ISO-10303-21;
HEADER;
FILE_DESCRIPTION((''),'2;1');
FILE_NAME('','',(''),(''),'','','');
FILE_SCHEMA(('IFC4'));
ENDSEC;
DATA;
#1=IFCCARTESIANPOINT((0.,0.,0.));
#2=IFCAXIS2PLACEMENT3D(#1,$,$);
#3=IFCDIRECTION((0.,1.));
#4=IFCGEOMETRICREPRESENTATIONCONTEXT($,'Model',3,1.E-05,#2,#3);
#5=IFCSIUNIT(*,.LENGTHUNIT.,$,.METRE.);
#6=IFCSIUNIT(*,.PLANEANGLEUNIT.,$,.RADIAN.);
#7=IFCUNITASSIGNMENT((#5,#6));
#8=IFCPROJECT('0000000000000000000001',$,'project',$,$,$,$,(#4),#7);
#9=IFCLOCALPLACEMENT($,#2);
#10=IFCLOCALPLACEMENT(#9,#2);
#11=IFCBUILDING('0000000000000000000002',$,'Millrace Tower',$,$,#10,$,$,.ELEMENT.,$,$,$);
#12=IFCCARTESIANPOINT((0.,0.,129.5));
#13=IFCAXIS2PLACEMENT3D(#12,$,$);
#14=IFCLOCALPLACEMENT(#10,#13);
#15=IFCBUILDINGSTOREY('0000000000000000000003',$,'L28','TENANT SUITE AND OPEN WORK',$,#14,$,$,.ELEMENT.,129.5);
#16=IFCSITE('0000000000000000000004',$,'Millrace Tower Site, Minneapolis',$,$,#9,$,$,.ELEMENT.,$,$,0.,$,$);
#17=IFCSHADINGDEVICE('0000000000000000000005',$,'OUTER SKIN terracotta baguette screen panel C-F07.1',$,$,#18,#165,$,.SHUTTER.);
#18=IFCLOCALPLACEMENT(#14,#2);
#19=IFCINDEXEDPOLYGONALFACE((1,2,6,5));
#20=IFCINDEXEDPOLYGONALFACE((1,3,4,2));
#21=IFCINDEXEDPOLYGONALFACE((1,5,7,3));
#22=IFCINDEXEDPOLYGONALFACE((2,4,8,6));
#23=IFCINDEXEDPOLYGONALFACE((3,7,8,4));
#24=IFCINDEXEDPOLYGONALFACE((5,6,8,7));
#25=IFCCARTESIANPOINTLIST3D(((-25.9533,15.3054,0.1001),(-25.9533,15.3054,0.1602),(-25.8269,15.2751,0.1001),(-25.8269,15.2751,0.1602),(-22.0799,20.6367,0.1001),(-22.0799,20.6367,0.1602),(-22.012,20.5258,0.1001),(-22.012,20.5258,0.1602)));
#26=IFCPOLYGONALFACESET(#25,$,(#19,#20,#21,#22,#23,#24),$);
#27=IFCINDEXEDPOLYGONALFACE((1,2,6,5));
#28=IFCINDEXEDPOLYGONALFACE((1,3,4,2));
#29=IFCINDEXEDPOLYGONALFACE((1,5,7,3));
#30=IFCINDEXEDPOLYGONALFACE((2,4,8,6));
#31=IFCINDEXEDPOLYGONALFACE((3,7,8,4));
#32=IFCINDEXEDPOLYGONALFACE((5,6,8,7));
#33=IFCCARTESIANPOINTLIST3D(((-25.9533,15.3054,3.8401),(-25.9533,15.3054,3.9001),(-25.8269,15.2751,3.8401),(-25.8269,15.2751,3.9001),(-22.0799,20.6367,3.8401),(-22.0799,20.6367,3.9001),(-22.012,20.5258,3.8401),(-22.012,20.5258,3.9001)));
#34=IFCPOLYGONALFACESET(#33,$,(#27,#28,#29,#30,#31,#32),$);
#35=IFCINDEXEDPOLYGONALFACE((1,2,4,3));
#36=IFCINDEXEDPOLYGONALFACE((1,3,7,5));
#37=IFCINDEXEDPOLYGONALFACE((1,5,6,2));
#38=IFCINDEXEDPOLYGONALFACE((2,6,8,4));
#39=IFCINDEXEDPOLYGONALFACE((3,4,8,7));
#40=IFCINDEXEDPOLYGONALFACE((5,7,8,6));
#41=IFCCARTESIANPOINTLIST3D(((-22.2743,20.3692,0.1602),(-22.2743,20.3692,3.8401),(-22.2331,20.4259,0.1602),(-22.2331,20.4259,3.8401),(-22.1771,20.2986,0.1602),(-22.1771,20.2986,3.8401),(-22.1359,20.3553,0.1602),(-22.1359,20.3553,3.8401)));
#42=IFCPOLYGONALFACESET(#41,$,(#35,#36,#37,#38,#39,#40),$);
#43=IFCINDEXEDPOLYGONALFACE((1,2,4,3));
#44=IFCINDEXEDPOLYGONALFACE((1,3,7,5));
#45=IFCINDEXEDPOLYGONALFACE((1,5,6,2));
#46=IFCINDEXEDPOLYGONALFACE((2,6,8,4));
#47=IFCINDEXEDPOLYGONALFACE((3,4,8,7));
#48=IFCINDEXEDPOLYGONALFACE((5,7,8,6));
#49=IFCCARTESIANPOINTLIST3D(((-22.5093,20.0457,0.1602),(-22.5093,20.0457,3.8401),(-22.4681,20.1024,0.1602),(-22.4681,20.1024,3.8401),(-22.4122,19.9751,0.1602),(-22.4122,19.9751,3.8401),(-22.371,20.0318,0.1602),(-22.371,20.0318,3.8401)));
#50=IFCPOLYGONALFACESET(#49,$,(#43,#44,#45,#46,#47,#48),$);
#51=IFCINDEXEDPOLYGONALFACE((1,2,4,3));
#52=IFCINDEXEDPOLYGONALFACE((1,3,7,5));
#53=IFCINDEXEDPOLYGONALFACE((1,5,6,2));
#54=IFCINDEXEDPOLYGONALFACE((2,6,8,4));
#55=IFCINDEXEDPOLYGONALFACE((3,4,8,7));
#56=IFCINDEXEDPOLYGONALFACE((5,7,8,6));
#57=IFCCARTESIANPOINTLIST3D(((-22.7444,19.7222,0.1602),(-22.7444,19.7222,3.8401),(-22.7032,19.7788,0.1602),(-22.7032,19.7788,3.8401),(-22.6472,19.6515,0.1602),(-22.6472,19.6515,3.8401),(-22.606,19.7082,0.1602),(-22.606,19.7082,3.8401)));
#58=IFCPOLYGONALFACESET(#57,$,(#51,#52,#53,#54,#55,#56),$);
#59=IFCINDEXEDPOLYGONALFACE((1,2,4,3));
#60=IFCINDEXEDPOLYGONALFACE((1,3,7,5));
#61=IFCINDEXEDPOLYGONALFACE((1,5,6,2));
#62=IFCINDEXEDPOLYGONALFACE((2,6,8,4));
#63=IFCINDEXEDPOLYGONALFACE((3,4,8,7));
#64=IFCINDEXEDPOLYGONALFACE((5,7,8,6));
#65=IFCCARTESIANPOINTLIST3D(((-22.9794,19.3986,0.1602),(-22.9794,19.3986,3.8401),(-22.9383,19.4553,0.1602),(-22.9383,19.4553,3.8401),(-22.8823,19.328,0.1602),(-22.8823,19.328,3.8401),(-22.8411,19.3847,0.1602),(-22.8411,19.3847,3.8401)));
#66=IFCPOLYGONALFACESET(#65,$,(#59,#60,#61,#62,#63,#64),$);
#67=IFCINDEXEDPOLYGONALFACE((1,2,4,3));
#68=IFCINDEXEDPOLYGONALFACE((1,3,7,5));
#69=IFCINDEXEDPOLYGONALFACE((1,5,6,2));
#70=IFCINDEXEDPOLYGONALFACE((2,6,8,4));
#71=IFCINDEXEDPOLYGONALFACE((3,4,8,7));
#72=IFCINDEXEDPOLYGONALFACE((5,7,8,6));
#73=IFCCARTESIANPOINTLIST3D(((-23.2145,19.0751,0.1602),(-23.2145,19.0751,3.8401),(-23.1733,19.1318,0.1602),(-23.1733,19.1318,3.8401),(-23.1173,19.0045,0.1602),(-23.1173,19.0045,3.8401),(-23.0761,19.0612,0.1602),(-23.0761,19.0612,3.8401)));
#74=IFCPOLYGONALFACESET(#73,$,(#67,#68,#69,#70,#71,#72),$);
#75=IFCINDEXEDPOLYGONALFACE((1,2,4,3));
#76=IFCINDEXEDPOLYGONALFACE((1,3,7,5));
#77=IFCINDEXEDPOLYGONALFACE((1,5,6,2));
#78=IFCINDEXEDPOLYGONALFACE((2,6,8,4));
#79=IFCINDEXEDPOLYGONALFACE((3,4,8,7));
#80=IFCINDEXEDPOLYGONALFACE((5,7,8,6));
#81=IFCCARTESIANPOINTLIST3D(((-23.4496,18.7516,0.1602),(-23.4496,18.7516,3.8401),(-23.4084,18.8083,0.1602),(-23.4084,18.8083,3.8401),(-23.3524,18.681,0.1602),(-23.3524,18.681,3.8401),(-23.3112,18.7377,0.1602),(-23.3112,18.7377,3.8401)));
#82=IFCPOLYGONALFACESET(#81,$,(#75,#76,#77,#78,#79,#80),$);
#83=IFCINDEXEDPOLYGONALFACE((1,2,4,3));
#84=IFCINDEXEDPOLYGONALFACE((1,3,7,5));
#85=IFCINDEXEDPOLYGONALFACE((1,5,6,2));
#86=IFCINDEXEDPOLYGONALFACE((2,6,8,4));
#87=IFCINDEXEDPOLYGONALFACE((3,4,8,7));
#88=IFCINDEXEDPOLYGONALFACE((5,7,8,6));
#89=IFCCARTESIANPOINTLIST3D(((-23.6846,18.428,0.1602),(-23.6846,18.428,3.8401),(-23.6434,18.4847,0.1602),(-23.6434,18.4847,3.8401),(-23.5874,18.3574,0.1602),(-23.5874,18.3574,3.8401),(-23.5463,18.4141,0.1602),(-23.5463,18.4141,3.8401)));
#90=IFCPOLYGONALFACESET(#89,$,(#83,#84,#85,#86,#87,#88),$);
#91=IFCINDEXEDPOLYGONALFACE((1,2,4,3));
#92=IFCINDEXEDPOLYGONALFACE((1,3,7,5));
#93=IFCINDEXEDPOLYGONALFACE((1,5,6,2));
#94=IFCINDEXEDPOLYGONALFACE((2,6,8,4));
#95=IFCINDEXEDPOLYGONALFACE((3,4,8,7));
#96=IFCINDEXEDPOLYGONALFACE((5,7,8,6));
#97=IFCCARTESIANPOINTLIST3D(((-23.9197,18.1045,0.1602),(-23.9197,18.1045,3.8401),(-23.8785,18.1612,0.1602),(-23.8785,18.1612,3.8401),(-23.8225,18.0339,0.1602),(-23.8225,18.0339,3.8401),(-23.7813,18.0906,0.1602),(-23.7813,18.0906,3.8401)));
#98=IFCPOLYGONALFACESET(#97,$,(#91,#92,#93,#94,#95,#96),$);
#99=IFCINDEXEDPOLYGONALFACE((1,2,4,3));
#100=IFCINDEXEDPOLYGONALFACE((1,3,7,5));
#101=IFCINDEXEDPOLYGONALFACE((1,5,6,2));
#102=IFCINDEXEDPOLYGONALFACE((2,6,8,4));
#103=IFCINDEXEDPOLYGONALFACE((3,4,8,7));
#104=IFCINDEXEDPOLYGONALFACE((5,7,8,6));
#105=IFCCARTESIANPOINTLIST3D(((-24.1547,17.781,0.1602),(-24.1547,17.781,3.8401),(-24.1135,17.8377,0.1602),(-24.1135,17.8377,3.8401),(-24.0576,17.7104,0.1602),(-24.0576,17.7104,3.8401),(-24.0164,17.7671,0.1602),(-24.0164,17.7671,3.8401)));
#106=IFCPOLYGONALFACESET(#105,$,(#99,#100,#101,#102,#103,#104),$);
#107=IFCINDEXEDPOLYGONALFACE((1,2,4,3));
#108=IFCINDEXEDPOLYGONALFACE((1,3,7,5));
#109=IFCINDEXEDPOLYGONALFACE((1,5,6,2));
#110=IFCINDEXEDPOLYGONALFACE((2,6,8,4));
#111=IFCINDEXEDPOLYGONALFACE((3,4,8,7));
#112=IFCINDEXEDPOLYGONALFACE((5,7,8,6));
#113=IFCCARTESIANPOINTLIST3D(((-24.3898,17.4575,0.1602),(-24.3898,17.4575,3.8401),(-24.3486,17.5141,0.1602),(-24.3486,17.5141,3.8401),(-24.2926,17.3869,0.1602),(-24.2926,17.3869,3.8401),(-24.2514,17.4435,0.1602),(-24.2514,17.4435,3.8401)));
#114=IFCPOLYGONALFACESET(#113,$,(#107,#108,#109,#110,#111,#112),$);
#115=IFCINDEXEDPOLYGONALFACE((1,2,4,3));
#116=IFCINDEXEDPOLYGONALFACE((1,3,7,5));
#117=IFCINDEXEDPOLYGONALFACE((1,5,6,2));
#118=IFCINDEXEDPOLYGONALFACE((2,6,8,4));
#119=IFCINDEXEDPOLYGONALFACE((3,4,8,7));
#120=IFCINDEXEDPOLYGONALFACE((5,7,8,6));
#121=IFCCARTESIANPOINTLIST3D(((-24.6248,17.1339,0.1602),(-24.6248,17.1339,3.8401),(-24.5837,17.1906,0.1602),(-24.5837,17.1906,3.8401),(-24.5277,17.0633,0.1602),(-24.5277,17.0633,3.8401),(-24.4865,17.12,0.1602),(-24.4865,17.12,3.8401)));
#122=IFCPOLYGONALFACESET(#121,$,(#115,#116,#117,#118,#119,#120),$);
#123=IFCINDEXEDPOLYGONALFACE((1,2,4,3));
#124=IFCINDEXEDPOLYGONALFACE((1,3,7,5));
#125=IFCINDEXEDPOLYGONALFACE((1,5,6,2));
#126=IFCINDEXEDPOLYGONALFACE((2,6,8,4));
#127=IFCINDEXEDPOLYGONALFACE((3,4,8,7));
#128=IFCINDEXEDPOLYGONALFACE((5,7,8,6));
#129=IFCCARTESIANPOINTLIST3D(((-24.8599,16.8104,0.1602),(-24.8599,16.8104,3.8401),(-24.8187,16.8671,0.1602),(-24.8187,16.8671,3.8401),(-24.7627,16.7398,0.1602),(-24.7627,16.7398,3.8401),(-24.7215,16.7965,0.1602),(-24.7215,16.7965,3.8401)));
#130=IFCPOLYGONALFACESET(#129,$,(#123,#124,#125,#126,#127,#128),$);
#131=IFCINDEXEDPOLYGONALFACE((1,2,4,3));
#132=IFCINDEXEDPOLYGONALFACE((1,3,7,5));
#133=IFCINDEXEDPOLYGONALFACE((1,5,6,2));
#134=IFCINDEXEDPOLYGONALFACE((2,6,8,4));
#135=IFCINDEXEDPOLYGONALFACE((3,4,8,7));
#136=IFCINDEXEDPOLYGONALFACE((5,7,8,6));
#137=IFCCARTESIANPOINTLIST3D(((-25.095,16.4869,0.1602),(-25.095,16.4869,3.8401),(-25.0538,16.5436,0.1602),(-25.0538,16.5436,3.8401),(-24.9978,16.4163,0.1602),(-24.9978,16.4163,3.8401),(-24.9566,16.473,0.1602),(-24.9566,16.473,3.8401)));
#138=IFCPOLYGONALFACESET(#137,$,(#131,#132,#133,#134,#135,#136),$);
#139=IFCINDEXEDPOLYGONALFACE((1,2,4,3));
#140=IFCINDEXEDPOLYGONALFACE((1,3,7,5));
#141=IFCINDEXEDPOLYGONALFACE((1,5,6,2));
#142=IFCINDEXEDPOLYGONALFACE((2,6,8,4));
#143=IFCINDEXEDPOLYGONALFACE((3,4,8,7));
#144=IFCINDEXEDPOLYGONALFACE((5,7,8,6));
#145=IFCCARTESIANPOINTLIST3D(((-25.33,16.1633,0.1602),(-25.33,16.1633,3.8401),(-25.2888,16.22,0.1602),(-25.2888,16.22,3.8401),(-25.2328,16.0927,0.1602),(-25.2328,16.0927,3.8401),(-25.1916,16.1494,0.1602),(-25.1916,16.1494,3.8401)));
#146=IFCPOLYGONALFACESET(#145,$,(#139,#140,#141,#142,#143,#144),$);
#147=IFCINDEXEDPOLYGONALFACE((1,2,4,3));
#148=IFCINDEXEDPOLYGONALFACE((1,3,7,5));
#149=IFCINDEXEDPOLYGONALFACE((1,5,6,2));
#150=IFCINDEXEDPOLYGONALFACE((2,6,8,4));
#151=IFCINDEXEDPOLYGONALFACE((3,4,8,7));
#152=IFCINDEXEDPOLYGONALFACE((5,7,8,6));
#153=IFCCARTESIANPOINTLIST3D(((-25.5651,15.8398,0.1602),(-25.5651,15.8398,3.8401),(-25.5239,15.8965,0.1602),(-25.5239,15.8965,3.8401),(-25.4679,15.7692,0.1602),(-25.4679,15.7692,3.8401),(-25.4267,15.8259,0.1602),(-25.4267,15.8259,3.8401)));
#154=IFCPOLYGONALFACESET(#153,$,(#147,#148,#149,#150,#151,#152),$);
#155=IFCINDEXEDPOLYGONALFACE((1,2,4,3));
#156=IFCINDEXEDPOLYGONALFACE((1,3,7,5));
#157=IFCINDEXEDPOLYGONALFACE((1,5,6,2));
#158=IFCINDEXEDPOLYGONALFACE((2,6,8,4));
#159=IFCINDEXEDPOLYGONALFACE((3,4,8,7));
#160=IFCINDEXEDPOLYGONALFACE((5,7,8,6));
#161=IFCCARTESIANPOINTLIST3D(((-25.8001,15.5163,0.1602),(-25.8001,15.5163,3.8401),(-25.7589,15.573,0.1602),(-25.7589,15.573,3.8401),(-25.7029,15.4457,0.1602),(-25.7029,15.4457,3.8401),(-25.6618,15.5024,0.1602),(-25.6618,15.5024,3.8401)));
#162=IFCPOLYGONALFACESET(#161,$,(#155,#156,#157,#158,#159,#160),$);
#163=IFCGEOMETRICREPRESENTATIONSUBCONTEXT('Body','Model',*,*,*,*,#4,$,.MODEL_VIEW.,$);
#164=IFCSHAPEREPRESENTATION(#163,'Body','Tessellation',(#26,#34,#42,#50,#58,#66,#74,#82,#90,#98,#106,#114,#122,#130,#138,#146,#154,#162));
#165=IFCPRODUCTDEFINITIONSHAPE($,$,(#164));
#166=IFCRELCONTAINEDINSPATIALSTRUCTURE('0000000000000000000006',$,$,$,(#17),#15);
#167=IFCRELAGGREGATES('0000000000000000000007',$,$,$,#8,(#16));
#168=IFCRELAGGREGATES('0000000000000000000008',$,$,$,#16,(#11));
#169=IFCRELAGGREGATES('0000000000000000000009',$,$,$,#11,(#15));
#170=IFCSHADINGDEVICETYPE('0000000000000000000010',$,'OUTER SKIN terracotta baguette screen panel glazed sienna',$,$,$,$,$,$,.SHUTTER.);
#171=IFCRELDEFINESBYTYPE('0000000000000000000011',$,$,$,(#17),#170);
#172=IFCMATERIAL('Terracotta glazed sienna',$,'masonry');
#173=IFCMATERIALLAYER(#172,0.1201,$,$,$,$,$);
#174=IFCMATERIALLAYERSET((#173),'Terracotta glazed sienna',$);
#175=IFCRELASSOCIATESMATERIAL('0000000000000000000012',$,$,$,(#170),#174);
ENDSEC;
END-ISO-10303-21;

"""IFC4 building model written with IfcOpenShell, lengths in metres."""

from ifc_helpers import new_model, entity, si_unit, direction, frame, frame_2d, origin, place, context, subcontext, project, spatial, rectangle, extrude, source, transform, mapped, material, layer, layer_set, type_object, element, save


model = new_model("IFC4")

# Units and contexts
model_context = context("Model", 3, precision=1e-05, world=origin(), true_north=direction((0.0, 1.0)))
body_context = subcontext(model_context, "Body", "Model", "MODEL_VIEW")
ifc_project = project(units=[si_unit("LENGTHUNIT", "METRE"), si_unit("PLANEANGLEUNIT", "RADIAN")], contexts=[model_context])

# Site, building, storey
site_placement = place(None, origin())
site = spatial("IfcSite", under=ifc_project, at=site_placement, Name="Millrace Tower Site, Minneapolis", CompositionType="ELEMENT", RefElevation=0.0)
building_placement = place(site_placement, origin())
building = spatial("IfcBuilding", under=site, at=building_placement, Name="Millrace Tower", CompositionType="ELEMENT")
storey_placement = place(building_placement, frame((0.0, 0.0, 129.5)))
storey = spatial("IfcBuildingStorey", under=building, at=storey_placement, Name="L28", Description="TENANT SUITE AND OPEN WORK", CompositionType="ELEMENT", Elevation=129.5)

# Shading device
ifc_material_1 = material(Name="Terracotta glazed sienna", Category="masonry")
ifc_layer_1 = layer(ifc_material_1, 0.1201)
ifc_layer_set_1 = layer_set([ifc_layer_1], Name="Terracotta glazed sienna")
shading_device_type = type_object("IfcShadingDeviceType", Name="OUTER SKIN terracotta baguette screen panel glazed sienna", PredefinedType="SHUTTER", material=ifc_layer_set_1)
cartesian_point_1 = entity("IfcCartesianPoint", [-3.2451, 0.0601])
shared_polyline_1 = entity("IfcPolyline", [cartesian_point_1, entity("IfcCartesianPoint", [3.2451, 0.0601]), entity("IfcCartesianPoint", [3.2949, -0.0601]), entity("IfcCartesianPoint", [-3.2949, -0.0601]), cartesian_point_1])
shared_shape_1 = source(origin(), body_context, "Body", "SweptSolid", [
    entity("IfcExtrudedAreaSolid", entity("IfcArbitraryClosedProfileDef", "AREA", None, shared_polyline_1), entity("IfcAxis2Placement3D", entity("IfcCartesianPoint", [0.0, 0.0, 0.0])), entity("IfcDirection", [0.0, 0.0, 1.0]), 0.0601),
    entity("IfcExtrudedAreaSolid", entity("IfcArbitraryClosedProfileDef", "AREA", None, shared_polyline_1), entity("IfcAxis2Placement3D", entity("IfcCartesianPoint", [0.0, 0.0, 3.74])), entity("IfcDirection", [0.0, 0.0, 1.0]), 0.0601),
    extrude(rectangle(XDim=0.0701, YDim=0.1201, at=frame_2d((-2.9993, 0.0))), frame((0.0, 0.0, 0.0601)), (0.0, 0.0, 1.0), 3.6799),
    extrude(rectangle(XDim=0.0701, YDim=0.1201, at=frame_2d((-2.5994, 0.0))), frame((0.0, 0.0, 0.0601)), (0.0, 0.0, 1.0), 3.6799),
    extrude(rectangle(XDim=0.0701, YDim=0.1201, at=frame_2d((-2.1995, 0.0))), frame((0.0, 0.0, 0.0601)), (0.0, 0.0, 1.0), 3.6799),
    extrude(rectangle(XDim=0.0701, YDim=0.1201, at=frame_2d((-1.7996, 0.0))), frame((0.0, 0.0, 0.0601)), (0.0, 0.0, 1.0), 3.6799),
    extrude(rectangle(XDim=0.0701, YDim=0.1201, at=frame_2d((-1.3997, 0.0))), frame((0.0, 0.0, 0.0601)), (0.0, 0.0, 1.0), 3.6799),
    extrude(rectangle(XDim=0.0701, YDim=0.1201, at=frame_2d((-0.9998, 0.0))), frame((0.0, 0.0, 0.0601)), (0.0, 0.0, 1.0), 3.6799),
    extrude(rectangle(XDim=0.0701, YDim=0.1201, at=frame_2d((-0.5999, 0.0))), frame((0.0, 0.0, 0.0601)), (0.0, 0.0, 1.0), 3.6799),
    extrude(rectangle(XDim=0.0701, YDim=0.1201, at=frame_2d((-0.2, 0.0))), frame((0.0, 0.0, 0.0601)), (0.0, 0.0, 1.0), 3.6799),
    extrude(rectangle(XDim=0.0701, YDim=0.1201, at=frame_2d((0.2, 0.0))), frame((0.0, 0.0, 0.0601)), (0.0, 0.0, 1.0), 3.6799),
    extrude(rectangle(XDim=0.0701, YDim=0.1201, at=frame_2d((0.5999, 0.0))), frame((0.0, 0.0, 0.0601)), (0.0, 0.0, 1.0), 3.6799),
    extrude(rectangle(XDim=0.0701, YDim=0.1201, at=frame_2d((0.9998, 0.0))), frame((0.0, 0.0, 0.0601)), (0.0, 0.0, 1.0), 3.6799),
    extrude(rectangle(XDim=0.0701, YDim=0.1201, at=frame_2d((1.3997, 0.0))), frame((0.0, 0.0, 0.0601)), (0.0, 0.0, 1.0), 3.6799),
    extrude(rectangle(XDim=0.0701, YDim=0.1201, at=frame_2d((1.7996, 0.0))), frame((0.0, 0.0, 0.0601)), (0.0, 0.0, 1.0), 3.6799),
    extrude(rectangle(XDim=0.0701, YDim=0.1201, at=frame_2d((2.1995, 0.0))), frame((0.0, 0.0, 0.0601)), (0.0, 0.0, 1.0), 3.6799),
    extrude(rectangle(XDim=0.0701, YDim=0.1201, at=frame_2d((2.5994, 0.0))), frame((0.0, 0.0, 0.0601)), (0.0, 0.0, 1.0), 3.6799),
    extrude(rectangle(XDim=0.0701, YDim=0.1201, at=frame_2d((2.9993, 0.0))), frame((0.0, 0.0, 0.0601)), (0.0, 0.0, 1.0), 3.6799),
])
shading_device_1_placement = place(storey_placement, frame((-23.968, 17.9358, 0.1001), z_axis=(0.0, 0.0, 1.0), x_axis=(-0.587785, -0.809017, 0.0)))
element("IfcShadingDevice", 1, at=shading_device_1_placement, inside=storey, type_object=shading_device_type, Name="OUTER SKIN terracotta baguette screen panel C-F07.1", PredefinedType="SHUTTER", context=body_context, shape_type="MappedRepresentation", body=[
    mapped(shared_shape_1, transform((0.0, 0.0, 0.0), scale=1.0)),
])

save(model, "model.ifc")
